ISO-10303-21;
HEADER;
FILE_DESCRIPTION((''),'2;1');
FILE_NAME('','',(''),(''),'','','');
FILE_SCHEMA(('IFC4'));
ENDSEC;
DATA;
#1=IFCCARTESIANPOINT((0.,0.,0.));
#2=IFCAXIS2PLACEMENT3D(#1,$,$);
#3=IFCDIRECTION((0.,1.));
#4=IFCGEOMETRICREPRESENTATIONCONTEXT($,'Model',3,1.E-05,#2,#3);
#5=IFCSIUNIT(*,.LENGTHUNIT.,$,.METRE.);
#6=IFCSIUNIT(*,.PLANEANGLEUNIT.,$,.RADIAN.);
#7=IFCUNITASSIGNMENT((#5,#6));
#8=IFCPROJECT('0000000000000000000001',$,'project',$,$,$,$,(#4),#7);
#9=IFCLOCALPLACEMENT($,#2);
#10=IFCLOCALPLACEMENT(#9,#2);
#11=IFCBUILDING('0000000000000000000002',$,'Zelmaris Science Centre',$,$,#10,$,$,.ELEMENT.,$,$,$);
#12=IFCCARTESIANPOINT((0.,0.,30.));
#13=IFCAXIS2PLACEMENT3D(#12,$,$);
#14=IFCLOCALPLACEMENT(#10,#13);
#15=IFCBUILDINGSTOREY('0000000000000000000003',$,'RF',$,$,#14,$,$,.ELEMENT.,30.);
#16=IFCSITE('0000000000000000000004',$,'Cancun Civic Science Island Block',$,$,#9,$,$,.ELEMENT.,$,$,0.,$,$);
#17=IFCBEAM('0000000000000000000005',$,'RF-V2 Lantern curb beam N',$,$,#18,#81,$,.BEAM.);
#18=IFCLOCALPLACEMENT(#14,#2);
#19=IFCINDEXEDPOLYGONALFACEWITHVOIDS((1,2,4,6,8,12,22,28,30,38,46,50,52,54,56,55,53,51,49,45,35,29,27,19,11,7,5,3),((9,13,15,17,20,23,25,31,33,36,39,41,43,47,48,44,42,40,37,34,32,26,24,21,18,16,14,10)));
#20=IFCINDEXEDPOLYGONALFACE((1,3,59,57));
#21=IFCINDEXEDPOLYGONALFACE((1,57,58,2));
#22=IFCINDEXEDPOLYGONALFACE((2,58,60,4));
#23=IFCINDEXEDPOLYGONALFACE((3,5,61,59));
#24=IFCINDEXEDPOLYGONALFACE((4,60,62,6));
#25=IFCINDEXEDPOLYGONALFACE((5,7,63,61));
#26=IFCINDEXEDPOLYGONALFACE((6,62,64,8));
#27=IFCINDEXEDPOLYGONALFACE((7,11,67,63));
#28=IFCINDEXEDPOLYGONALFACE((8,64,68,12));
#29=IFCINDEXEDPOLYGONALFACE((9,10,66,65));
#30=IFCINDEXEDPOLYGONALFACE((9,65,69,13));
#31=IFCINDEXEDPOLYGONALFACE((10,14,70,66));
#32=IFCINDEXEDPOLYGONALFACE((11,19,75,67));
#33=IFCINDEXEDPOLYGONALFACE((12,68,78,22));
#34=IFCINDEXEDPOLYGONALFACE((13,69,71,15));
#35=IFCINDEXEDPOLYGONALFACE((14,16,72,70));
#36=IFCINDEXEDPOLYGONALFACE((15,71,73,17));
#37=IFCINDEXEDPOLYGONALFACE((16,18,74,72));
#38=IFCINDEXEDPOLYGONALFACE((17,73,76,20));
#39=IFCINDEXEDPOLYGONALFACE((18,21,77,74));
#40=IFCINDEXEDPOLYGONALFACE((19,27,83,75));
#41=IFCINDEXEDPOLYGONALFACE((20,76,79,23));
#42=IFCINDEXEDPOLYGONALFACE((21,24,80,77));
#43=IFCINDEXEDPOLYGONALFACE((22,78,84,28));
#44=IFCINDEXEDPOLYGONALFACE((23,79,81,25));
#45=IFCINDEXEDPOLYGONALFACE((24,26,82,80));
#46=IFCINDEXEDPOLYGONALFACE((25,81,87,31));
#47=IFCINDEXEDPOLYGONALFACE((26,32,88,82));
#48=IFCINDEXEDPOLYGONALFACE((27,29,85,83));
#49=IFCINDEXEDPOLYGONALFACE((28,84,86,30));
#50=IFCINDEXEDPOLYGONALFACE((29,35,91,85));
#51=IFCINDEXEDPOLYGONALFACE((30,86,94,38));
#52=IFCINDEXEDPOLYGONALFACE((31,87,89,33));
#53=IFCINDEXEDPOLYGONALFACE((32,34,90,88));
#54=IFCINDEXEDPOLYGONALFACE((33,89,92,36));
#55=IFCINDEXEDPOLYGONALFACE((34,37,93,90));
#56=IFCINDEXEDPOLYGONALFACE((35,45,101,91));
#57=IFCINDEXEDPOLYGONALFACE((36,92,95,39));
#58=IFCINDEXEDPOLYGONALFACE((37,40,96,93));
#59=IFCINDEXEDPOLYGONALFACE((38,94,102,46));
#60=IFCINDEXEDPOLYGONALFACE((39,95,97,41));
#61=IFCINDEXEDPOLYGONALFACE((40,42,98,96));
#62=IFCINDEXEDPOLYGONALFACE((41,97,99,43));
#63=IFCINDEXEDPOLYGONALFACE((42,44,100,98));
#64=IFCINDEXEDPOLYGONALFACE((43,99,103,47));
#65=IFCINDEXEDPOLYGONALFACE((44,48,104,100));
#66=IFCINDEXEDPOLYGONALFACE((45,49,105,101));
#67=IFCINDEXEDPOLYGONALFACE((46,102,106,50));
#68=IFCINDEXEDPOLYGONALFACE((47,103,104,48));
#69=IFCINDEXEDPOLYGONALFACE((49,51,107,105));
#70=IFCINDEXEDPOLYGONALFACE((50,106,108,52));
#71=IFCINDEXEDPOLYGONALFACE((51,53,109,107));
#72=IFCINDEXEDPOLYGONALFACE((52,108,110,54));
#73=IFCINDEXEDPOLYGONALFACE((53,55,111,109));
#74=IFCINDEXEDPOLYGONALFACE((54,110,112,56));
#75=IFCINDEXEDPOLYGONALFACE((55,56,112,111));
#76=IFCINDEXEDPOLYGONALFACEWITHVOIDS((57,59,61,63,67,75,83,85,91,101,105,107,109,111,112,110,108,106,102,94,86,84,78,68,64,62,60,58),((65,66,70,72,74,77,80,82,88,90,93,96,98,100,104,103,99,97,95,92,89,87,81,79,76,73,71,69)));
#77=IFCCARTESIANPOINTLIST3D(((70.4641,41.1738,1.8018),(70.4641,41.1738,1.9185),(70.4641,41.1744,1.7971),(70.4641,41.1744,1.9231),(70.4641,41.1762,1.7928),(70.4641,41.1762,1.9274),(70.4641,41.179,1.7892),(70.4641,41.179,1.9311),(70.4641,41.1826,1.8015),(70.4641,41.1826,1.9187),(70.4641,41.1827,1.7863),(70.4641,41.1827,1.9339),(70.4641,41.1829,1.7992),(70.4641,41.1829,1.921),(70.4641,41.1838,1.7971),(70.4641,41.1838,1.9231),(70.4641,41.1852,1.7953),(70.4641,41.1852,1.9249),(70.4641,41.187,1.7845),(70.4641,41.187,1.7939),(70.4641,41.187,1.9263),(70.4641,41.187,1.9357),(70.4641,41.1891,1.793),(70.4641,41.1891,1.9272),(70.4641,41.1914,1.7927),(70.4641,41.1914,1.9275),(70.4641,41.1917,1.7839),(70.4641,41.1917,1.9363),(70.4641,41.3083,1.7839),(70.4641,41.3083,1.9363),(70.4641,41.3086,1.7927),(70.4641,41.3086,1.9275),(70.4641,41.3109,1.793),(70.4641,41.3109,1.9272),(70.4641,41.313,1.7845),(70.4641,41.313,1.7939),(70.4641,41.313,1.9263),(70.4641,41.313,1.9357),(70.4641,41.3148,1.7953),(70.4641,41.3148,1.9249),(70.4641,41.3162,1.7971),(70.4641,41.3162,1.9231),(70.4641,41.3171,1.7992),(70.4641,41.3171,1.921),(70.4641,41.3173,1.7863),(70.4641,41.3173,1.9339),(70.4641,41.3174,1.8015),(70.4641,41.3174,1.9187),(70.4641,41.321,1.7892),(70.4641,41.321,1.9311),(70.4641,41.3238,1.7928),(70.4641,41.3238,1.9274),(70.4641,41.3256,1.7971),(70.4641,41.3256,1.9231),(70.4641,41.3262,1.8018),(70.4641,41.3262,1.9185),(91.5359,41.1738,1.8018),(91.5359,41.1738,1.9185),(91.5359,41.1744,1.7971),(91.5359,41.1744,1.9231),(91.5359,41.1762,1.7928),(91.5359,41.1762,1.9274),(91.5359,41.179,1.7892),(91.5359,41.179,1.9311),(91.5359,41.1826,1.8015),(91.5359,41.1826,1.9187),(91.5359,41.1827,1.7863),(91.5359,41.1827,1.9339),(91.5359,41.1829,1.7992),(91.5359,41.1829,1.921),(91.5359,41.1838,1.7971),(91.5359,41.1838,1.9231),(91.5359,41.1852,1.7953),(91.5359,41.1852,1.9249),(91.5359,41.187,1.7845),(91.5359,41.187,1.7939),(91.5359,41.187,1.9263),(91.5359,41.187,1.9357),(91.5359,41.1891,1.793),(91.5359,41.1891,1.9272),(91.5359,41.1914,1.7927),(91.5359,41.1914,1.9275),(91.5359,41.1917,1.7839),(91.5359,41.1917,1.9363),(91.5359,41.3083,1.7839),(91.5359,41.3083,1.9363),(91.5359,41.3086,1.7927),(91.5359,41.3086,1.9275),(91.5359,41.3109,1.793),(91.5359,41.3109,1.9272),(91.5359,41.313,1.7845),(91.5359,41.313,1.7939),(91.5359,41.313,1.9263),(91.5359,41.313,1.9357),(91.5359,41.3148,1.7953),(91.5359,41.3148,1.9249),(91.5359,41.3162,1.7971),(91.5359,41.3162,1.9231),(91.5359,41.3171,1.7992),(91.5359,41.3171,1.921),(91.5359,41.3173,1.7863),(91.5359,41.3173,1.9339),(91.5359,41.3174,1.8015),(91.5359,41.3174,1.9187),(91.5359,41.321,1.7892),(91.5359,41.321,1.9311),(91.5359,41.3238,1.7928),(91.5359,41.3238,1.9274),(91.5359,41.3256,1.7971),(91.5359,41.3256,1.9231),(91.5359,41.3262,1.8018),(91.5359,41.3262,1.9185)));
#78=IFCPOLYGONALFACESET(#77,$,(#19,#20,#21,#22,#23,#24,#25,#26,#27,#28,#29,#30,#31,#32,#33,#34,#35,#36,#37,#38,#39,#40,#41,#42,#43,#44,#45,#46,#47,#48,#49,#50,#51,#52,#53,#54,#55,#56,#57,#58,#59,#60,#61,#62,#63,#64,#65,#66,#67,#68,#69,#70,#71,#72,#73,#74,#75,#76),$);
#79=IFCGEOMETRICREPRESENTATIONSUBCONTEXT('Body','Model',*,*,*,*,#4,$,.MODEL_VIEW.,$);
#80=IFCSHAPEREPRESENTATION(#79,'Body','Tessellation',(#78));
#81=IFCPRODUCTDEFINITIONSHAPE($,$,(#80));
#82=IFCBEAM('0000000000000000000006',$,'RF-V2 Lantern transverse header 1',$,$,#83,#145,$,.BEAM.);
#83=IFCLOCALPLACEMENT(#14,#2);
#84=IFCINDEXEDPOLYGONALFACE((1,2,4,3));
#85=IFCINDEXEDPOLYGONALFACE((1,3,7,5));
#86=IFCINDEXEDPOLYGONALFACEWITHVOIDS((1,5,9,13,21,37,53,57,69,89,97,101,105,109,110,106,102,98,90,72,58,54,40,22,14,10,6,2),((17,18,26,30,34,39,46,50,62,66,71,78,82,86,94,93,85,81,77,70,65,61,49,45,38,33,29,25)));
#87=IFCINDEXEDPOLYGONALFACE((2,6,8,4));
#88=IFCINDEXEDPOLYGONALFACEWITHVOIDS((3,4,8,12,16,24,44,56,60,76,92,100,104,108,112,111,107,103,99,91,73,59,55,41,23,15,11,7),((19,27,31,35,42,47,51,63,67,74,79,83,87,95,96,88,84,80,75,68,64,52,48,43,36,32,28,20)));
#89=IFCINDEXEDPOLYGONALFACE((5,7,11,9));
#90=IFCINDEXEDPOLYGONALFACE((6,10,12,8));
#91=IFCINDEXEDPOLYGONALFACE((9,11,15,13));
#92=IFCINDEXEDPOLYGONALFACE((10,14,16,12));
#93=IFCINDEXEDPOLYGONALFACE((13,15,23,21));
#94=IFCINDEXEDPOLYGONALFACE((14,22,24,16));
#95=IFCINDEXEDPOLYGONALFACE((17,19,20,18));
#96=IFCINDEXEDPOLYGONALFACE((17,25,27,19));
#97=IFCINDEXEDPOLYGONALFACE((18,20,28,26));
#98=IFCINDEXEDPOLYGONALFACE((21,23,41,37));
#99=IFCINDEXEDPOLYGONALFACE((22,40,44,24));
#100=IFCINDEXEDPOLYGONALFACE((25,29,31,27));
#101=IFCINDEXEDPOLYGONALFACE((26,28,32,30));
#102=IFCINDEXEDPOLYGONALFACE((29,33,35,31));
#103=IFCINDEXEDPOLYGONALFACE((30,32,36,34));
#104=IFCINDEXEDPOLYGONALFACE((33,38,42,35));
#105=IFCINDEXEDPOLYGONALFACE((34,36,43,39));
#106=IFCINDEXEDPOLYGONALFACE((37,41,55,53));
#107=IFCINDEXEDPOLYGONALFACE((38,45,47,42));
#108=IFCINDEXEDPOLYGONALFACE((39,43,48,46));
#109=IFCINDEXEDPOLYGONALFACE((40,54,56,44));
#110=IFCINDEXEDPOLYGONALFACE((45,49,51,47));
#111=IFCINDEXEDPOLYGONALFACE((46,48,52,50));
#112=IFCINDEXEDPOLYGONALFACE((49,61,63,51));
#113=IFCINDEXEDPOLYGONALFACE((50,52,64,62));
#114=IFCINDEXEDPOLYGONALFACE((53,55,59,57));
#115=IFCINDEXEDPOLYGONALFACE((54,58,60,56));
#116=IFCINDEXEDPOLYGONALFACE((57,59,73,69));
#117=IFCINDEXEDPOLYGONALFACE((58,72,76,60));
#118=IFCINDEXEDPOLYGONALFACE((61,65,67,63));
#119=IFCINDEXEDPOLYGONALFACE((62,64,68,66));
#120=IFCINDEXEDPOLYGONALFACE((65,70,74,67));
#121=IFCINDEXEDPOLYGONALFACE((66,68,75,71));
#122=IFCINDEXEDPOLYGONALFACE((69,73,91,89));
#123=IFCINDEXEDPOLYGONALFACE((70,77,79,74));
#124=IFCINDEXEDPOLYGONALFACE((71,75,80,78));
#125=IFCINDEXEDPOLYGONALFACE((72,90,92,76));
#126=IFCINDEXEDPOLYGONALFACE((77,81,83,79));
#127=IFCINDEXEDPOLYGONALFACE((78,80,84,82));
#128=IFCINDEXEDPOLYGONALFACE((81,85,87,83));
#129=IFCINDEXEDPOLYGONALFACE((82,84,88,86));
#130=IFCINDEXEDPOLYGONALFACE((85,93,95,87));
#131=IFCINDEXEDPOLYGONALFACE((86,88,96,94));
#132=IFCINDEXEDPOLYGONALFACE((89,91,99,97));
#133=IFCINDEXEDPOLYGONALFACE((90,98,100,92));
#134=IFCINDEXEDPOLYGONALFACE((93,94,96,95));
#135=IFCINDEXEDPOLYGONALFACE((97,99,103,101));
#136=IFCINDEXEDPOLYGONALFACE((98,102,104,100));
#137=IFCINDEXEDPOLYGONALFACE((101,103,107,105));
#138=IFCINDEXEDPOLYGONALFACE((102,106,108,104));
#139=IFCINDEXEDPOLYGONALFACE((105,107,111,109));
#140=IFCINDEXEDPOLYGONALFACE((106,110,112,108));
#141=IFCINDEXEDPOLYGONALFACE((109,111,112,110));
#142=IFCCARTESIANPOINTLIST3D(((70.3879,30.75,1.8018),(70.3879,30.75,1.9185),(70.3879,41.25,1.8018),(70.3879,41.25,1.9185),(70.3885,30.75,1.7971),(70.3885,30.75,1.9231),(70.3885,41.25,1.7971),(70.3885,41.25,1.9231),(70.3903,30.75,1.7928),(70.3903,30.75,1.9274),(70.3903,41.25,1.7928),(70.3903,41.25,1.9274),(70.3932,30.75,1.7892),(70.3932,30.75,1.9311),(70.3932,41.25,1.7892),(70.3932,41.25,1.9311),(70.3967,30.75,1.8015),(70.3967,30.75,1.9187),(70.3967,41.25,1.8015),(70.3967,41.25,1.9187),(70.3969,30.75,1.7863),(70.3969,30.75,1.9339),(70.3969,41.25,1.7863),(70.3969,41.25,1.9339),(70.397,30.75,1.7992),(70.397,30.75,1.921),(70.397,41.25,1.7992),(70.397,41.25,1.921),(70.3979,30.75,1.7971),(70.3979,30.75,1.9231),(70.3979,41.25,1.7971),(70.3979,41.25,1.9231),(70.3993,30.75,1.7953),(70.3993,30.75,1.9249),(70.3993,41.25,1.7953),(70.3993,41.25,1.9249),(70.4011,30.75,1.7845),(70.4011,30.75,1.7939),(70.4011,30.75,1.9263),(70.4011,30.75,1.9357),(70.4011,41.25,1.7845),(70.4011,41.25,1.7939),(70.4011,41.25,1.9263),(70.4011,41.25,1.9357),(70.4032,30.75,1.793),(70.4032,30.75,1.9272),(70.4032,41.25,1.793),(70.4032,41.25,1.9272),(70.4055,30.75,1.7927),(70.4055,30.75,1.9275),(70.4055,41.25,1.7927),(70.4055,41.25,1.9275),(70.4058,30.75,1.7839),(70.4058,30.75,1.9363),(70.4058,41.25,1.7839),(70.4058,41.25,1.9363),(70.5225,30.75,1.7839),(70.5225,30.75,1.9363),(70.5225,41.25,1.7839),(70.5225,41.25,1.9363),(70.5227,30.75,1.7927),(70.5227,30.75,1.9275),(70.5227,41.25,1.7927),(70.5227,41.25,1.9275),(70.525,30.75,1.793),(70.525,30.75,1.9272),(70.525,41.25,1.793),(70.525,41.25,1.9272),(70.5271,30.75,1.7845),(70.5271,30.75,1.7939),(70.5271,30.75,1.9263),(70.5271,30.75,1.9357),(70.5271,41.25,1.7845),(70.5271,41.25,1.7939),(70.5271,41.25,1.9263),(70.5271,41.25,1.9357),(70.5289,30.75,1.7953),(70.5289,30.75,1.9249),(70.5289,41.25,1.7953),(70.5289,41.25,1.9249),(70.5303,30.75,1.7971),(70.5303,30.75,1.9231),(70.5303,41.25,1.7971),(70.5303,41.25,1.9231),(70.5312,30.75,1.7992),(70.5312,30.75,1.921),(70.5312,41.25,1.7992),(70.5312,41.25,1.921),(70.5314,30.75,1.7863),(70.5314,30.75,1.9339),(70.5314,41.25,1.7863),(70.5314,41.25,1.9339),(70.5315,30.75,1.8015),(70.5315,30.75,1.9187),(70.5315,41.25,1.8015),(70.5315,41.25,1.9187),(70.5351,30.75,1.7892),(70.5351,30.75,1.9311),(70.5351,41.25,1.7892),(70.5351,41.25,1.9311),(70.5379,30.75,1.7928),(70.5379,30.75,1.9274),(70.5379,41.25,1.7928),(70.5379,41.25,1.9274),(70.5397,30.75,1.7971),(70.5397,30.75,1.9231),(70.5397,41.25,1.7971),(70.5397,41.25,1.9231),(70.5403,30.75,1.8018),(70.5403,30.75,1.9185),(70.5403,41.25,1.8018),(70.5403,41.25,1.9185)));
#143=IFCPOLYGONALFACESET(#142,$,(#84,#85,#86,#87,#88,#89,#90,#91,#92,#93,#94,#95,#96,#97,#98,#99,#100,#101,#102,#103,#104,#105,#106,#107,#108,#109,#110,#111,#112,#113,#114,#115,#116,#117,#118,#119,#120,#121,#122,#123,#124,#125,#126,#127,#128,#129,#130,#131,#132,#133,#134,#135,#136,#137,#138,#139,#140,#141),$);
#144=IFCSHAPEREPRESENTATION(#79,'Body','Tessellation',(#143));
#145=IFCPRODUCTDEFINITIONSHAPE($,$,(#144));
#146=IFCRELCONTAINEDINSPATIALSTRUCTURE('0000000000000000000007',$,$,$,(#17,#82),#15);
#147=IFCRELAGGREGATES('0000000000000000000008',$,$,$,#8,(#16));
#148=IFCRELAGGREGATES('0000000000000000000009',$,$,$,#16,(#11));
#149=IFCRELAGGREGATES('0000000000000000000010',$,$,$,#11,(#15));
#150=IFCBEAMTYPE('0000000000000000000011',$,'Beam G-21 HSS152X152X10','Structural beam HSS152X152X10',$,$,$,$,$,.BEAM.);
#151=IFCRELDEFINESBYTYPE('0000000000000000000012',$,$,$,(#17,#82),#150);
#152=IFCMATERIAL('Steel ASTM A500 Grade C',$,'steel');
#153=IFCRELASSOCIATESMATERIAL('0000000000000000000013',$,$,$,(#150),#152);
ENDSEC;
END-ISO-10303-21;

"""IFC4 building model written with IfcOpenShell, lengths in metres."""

from ifc_helpers import new_model, si_unit, direction, frame, origin, origin_2d, place, context, subcontext, project, spatial, hollow_rectangle, extrude, material, material_profile, profile_set, type_object, element, save


model = new_model("IFC4")

# Units and contexts
model_context = context("Model", 3, precision=1e-05, world=origin(), true_north=direction((0.0, 1.0)))
body_context = subcontext(model_context, "Body", "Model", "MODEL_VIEW")
ifc_project = project(units=[si_unit("LENGTHUNIT", "METRE"), si_unit("PLANEANGLEUNIT", "RADIAN")], contexts=[model_context])

# Site, building, storey
site_placement = place(None, origin())
site = spatial("IfcSite", under=ifc_project, at=site_placement, Name="Cancun Civic Science Island Block", CompositionType="ELEMENT", RefElevation=0.0)
building_placement = place(site_placement, origin())
building = spatial("IfcBuilding", under=site, at=building_placement, Name="Zelmaris Science Centre", CompositionType="ELEMENT")
storey_placement = place(building_placement, frame((0.0, 0.0, 30.0)))
storey = spatial("IfcBuildingStorey", under=building, at=storey_placement, Name="RF", CompositionType="ELEMENT", Elevation=30.0)

# Beams
ifc_material_1 = material(Name="Steel ASTM A500 Grade C", Category="steel")
ifc_material_profile_1 = material_profile(ifc_material_1, hollow_rectangle(XDim=0.1523, YDim=0.1523, WallThickness=0.0088, InnerFilletRadius=0.0088, OuterFilletRadius=0.0178, at=origin_2d()), Name="HSS152X152X10")
ifc_profile_set_1 = profile_set([ifc_material_profile_1], Name="Steel ASTM A500 Grade C")
beam_type_1 = type_object("IfcBeamType", Name="Beam G-21 HSS152X152X10", Description="Structural beam HSS152X152X10", PredefinedType="BEAM", material=ifc_profile_set_1)
beam_placement = place(storey_placement, frame((70.4641, 41.25, 1.8601), z_axis=(1.0, 0.0, 0.0), x_axis=(0.0, 1.0, 0.0)))
element("IfcBeam", 1, at=beam_placement, inside=storey, type_object=beam_type_1, Name="RF-V2 Lantern curb beam N", PredefinedType="BEAM", context=body_context, shape_type="SweptSolid", body=[
    extrude(hollow_rectangle(XDim=0.1523, YDim=0.1523, WallThickness=0.0088, InnerFilletRadius=0.0088, OuterFilletRadius=0.0178, at=origin_2d()), origin(), (0.0, 0.0, 1.0), 21.0718),
])
for number, where, z_axis, x_axis, name in (
    (2, (70.4641, 30.75, 1.8601), (0.0, 1.0, 0.0), (-1.0, 0.0, 0.0), "RF-V2 Lantern transverse header 1"),
):
    element("IfcBeam", number, at=place(storey_placement, frame(where, z_axis=z_axis, x_axis=x_axis)), inside=storey, type_object=beam_type_1, Name=name, PredefinedType="BEAM", context=body_context, shape_type="SweptSolid", body=[
        extrude(hollow_rectangle(XDim=0.1523, YDim=0.1523, WallThickness=0.0088, InnerFilletRadius=0.0088, OuterFilletRadius=0.0178, at=origin_2d()), origin(), (0.0, 0.0, 1.0), 10.5),
    ])

save(model, "model.ifc")
